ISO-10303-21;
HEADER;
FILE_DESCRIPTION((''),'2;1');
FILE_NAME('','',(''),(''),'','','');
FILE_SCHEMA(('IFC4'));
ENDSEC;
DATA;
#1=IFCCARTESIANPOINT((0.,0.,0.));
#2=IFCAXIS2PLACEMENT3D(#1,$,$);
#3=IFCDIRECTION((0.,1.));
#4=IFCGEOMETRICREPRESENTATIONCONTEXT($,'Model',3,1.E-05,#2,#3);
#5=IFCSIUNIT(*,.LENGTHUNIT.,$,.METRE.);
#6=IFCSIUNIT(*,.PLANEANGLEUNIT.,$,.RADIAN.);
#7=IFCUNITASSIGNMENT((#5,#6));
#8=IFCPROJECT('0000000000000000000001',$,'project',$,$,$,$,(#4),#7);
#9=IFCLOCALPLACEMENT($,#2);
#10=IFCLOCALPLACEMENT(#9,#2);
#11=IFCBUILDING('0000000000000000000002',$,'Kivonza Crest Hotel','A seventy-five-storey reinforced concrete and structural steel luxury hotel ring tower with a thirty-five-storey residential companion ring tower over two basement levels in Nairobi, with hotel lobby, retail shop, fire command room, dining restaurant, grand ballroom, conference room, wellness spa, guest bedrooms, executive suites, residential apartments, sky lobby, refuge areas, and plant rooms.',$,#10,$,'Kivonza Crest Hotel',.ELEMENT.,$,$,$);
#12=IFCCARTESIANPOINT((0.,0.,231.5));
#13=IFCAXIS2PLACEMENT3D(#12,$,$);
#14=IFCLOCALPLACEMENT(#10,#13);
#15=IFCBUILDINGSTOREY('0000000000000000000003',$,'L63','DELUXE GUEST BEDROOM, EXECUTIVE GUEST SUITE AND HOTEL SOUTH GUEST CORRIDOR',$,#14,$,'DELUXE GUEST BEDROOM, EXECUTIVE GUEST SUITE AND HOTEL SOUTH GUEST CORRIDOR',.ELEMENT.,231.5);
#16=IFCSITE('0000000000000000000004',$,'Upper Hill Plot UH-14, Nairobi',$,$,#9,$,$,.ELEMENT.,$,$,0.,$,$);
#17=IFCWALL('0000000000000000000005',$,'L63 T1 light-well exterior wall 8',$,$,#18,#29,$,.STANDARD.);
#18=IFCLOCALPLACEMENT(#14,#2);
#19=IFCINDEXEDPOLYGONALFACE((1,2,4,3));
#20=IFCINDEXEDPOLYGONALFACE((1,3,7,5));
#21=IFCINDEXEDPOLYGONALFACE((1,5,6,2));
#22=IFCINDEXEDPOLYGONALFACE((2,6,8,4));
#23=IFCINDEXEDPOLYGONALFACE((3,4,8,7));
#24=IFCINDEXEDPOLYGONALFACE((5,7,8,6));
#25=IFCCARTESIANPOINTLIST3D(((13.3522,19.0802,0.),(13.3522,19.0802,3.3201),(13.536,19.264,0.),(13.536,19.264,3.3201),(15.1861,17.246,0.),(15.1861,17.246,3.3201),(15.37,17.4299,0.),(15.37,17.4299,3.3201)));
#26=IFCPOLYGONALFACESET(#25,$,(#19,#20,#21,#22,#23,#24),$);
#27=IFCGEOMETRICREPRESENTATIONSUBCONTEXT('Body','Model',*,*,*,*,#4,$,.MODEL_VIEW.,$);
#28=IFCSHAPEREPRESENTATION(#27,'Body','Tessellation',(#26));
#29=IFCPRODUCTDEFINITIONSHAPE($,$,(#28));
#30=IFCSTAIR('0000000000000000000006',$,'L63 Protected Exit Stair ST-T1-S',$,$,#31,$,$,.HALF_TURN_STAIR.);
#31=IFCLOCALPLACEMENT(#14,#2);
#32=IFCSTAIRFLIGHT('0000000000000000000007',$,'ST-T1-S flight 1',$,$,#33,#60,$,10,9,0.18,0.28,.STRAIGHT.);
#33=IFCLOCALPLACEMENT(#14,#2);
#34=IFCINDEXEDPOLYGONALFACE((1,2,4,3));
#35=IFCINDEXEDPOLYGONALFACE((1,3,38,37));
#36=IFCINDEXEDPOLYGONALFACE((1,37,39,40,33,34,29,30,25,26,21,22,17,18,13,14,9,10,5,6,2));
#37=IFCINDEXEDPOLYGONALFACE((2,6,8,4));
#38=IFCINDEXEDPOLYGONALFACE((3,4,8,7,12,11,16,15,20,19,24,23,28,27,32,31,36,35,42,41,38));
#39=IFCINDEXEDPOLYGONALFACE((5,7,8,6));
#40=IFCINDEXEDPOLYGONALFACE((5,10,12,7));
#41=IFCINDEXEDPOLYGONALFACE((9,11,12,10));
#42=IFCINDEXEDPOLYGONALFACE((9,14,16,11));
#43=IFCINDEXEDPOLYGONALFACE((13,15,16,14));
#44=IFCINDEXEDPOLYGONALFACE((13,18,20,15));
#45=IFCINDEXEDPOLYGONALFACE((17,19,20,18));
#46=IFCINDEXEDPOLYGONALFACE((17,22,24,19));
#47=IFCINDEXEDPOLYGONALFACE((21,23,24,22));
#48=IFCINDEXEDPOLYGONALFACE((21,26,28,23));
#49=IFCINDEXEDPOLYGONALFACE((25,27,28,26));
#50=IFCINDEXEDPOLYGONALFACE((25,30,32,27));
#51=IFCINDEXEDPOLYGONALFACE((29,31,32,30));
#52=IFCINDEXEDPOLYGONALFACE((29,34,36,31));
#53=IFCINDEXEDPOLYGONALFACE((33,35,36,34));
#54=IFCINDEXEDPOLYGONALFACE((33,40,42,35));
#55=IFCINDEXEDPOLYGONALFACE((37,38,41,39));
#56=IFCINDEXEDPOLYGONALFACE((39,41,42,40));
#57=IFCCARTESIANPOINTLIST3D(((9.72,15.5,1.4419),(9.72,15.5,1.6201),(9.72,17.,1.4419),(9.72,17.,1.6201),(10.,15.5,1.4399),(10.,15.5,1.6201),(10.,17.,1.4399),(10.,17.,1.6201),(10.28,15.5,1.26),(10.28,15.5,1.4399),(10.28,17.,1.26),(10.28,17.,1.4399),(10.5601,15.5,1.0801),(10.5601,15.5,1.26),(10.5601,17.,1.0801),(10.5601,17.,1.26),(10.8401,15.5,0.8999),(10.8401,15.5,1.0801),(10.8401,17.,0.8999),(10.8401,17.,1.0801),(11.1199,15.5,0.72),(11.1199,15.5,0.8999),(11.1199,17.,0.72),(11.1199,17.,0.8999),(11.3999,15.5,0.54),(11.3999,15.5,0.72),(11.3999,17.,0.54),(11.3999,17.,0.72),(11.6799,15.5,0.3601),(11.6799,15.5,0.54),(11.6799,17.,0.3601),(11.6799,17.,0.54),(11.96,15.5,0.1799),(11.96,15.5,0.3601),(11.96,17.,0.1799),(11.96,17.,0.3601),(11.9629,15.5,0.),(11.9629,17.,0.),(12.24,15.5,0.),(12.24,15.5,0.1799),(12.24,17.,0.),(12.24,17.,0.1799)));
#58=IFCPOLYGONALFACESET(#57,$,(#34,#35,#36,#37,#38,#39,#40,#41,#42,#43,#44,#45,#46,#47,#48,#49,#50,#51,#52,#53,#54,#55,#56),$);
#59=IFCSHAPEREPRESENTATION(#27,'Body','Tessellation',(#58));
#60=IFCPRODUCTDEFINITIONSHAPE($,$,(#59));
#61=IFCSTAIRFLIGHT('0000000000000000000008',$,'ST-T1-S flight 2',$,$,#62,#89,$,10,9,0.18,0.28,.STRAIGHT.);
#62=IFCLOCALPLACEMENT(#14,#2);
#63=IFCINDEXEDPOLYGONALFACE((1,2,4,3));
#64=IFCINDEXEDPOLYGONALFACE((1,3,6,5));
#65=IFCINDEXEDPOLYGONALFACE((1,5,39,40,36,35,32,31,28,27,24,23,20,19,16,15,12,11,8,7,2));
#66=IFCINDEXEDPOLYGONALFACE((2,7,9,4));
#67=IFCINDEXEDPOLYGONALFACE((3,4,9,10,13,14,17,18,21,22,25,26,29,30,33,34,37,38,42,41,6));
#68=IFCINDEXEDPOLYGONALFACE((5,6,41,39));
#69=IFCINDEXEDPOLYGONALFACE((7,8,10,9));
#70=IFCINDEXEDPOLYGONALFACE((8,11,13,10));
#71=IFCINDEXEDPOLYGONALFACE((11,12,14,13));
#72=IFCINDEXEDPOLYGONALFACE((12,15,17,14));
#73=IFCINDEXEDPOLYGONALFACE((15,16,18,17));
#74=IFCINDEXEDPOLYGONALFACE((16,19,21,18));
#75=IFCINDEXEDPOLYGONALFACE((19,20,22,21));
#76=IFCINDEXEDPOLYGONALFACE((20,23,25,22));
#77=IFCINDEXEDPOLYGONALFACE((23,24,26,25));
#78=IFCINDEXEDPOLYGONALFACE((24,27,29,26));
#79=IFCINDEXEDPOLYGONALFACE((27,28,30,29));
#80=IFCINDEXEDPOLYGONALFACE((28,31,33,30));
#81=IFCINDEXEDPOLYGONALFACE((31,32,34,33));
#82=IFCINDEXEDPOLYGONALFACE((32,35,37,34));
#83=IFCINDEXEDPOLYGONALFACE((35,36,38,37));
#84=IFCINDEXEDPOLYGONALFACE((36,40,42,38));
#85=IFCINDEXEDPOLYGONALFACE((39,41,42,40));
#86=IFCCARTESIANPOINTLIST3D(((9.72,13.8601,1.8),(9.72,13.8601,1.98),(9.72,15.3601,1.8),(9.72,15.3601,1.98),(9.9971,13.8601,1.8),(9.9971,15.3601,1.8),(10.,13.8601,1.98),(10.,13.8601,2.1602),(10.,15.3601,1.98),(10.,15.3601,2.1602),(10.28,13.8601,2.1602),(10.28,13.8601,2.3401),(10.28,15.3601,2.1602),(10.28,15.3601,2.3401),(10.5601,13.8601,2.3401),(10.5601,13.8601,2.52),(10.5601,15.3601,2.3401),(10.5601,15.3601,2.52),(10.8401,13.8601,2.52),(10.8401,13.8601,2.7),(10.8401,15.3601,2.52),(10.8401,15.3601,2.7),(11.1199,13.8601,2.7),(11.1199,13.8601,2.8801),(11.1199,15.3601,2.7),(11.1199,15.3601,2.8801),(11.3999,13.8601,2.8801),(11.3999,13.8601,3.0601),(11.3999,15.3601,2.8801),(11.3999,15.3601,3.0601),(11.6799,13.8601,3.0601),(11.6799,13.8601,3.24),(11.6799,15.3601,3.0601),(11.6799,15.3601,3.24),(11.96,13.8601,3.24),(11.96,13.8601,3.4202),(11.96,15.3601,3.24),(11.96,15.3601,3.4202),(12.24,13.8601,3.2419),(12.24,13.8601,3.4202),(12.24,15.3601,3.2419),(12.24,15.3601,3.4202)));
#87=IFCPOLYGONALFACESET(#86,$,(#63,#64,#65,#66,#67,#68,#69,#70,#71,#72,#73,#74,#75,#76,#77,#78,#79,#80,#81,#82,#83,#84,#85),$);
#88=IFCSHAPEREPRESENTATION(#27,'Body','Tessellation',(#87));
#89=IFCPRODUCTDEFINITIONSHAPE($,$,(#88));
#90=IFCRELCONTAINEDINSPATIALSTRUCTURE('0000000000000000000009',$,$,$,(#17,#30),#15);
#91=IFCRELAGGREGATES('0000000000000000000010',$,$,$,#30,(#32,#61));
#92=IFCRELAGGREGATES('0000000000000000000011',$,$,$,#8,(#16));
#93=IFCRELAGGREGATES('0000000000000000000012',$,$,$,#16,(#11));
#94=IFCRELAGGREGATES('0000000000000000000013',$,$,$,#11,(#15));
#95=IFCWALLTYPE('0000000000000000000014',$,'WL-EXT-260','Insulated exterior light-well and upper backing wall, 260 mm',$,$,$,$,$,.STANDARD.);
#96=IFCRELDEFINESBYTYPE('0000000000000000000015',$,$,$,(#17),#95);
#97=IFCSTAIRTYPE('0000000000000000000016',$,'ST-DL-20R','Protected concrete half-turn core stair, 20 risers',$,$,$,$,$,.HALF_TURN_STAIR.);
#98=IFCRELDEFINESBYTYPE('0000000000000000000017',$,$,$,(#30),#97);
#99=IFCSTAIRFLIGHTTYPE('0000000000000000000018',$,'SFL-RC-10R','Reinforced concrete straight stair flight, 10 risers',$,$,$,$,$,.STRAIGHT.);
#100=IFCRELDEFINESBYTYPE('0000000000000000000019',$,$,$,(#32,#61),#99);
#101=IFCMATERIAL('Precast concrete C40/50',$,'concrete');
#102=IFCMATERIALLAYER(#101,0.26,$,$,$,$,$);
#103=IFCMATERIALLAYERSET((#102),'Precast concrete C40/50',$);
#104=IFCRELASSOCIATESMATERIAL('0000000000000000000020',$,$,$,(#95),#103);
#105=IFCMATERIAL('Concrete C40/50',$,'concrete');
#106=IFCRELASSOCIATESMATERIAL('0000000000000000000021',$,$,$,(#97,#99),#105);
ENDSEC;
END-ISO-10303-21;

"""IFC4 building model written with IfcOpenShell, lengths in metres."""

from ifc_helpers import new_model, si_unit, direction, frame, frame_2d, origin, place, context, subcontext, project, spatial, polyline, rectangle, outline, extrude, material, layer, layer_set, type_object, element, aggregate, save


model = new_model("IFC4")

# Units and contexts
model_context = context("Model", 3, precision=1e-05, world=origin(), true_north=direction((0.0, 1.0)))
body_context = subcontext(model_context, "Body", "Model", "MODEL_VIEW")
ifc_project = project(units=[si_unit("LENGTHUNIT", "METRE"), si_unit("PLANEANGLEUNIT", "RADIAN")], contexts=[model_context])

# Site, building, storey
site_placement = place(None, origin())
site = spatial("IfcSite", under=ifc_project, at=site_placement, Name="Upper Hill Plot UH-14, Nairobi", CompositionType="ELEMENT", RefElevation=0.0)
building_placement = place(site_placement, origin())
building = spatial("IfcBuilding", under=site, at=building_placement, Name="Kivonza Crest Hotel", Description="A seventy-five-storey reinforced concrete and structural steel luxury hotel ring tower with a thirty-five-storey residential companion ring tower over two basement levels in Nairobi, with hotel lobby, retail shop, fire command room, dining restaurant, grand ballroom, conference room, wellness spa, guest bedrooms, executive suites, residential apartments, sky lobby, refuge areas, and plant rooms.", LongName="Kivonza Crest Hotel", CompositionType="ELEMENT")
storey_placement = place(building_placement, frame((0.0, 0.0, 231.5)))
storey = spatial("IfcBuildingStorey", under=building, at=storey_placement, Name="L63", Description="DELUXE GUEST BEDROOM, EXECUTIVE GUEST SUITE AND HOTEL SOUTH GUEST CORRIDOR", LongName="DELUXE GUEST BEDROOM, EXECUTIVE GUEST SUITE AND HOTEL SOUTH GUEST CORRIDOR", CompositionType="ELEMENT", Elevation=231.5)

# Wall
ifc_material_1 = material(Name="Precast concrete C40/50", Category="concrete")
ifc_layer_1 = layer(ifc_material_1, 0.26)
ifc_layer_set_1 = layer_set([ifc_layer_1], Name="Precast concrete C40/50")
wall_type_1 = type_object("IfcWallType", Name="WL-EXT-260", Description="Insulated exterior light-well and upper backing wall, 260 mm", PredefinedType="STANDARD", material=ifc_layer_set_1)
wall_1_placement = place(storey_placement, frame((13.4441, 19.1721, 0.0), z_axis=(0.0, 0.0, 1.0), x_axis=(0.70706, -0.707154, 0.0)))
element("IfcWall", 1, at=wall_1_placement, inside=storey, type_object=wall_type_1, Name="L63 T1 light-well exterior wall 8", PredefinedType="STANDARD", context=body_context, shape_type="SweptSolid", body=[
    extrude(rectangle(XDim=2.5938, YDim=0.26, at=frame_2d((1.2969, 0.0))), origin(), (0.0, 0.0, 1.0), 3.3201),
])

# Stair, stair flights
ifc_material_2 = material(Name="Concrete C40/50", Category="concrete")
stair_type = type_object("IfcStairType", Name="ST-DL-20R", Description="Protected concrete half-turn core stair, 20 risers", PredefinedType="HALF_TURN_STAIR", material=ifc_material_2)
stair_placement = place(storey_placement, origin())
stair = element("IfcStair", 2, at=stair_placement, inside=storey, type_object=stair_type, Name="L63 Protected Exit Stair ST-T1-S", PredefinedType="HALF_TURN_STAIR")
stair_flight_type = type_object("IfcStairFlightType", Name="SFL-RC-10R", Description="Reinforced concrete straight stair flight, 10 risers", PredefinedType="STRAIGHT", material=ifc_material_2)
stair_flight_1_placement = place(storey_placement, frame((12.24, 16.25, 0.0), z_axis=(0.0, 0.0, 1.0), x_axis=(-1.0, 0.0, 0.0)))
stair_flight_1 = element("IfcStairFlight", 3, at=stair_flight_1_placement, type_object=stair_flight_type, Name="ST-T1-S flight 1", NumberOfRisers=10, NumberOfTreads=9, PredefinedType="STRAIGHT", RiserHeight=0.18, TreadLength=0.28, context=body_context, shape_type="SweptSolid", body=[
    extrude(outline(polyline([(0.0, 0.0), (0.0, 0.1799), (0.28, 0.1799), (0.28, 0.3601), (0.5601, 0.3601), (0.5601, 0.54), (0.8401, 0.54), (0.8401, 0.72), (1.1201, 0.72), (1.1201, 0.8999), (1.3999, 0.8999), (1.3999, 1.0801), (1.6799, 1.0801), (1.6799, 1.26), (1.96, 1.26), (1.96, 1.4399), (2.24, 1.4399), (2.24, 1.6201), (2.52, 1.6201), (2.52, 1.8), (2.52, 1.4419), (0.2771, 0.0), (0.0, 0.0)])), frame((0.0, 0.75, 0.0), z_axis=(0.0, -1.0, 0.0), x_axis=(1.0, 0.0, 0.0)), (0.0, 0.0, 1.0), 1.5),
])
stair_flight_2_placement = place(storey_placement, frame((9.72, 14.6101, 1.8), z_axis=(0.0, 0.0, 1.0), x_axis=(1.0, 0.0, 0.0)))
stair_flight_2 = element("IfcStairFlight", 4, at=stair_flight_2_placement, type_object=stair_flight_type, Name="ST-T1-S flight 2", NumberOfRisers=10, NumberOfTreads=9, PredefinedType="STRAIGHT", RiserHeight=0.18, TreadLength=0.28, context=body_context, shape_type="SweptSolid", body=[
    extrude(outline(polyline([(0.0, 0.0), (0.0, 0.1799), (0.28, 0.1799), (0.28, 0.3601), (0.5601, 0.3601), (0.5601, 0.54), (0.8401, 0.54), (0.8401, 0.72), (1.1201, 0.72), (1.1201, 0.8999), (1.3999, 0.8999), (1.3999, 1.0801), (1.6799, 1.0801), (1.6799, 1.26), (1.96, 1.26), (1.96, 1.4399), (2.24, 1.4399), (2.24, 1.6201), (2.52, 1.6201), (2.52, 1.8), (2.52, 1.4419), (0.2771, 0.0), (0.0, 0.0)])), frame((0.0, 0.75, 0.0), z_axis=(0.0, -1.0, 0.0), x_axis=(1.0, 0.0, 0.0)), (0.0, 0.0, 1.0), 1.5),
])
aggregate(stair, [stair_flight_1, stair_flight_2])

save(model, "model.ifc")
